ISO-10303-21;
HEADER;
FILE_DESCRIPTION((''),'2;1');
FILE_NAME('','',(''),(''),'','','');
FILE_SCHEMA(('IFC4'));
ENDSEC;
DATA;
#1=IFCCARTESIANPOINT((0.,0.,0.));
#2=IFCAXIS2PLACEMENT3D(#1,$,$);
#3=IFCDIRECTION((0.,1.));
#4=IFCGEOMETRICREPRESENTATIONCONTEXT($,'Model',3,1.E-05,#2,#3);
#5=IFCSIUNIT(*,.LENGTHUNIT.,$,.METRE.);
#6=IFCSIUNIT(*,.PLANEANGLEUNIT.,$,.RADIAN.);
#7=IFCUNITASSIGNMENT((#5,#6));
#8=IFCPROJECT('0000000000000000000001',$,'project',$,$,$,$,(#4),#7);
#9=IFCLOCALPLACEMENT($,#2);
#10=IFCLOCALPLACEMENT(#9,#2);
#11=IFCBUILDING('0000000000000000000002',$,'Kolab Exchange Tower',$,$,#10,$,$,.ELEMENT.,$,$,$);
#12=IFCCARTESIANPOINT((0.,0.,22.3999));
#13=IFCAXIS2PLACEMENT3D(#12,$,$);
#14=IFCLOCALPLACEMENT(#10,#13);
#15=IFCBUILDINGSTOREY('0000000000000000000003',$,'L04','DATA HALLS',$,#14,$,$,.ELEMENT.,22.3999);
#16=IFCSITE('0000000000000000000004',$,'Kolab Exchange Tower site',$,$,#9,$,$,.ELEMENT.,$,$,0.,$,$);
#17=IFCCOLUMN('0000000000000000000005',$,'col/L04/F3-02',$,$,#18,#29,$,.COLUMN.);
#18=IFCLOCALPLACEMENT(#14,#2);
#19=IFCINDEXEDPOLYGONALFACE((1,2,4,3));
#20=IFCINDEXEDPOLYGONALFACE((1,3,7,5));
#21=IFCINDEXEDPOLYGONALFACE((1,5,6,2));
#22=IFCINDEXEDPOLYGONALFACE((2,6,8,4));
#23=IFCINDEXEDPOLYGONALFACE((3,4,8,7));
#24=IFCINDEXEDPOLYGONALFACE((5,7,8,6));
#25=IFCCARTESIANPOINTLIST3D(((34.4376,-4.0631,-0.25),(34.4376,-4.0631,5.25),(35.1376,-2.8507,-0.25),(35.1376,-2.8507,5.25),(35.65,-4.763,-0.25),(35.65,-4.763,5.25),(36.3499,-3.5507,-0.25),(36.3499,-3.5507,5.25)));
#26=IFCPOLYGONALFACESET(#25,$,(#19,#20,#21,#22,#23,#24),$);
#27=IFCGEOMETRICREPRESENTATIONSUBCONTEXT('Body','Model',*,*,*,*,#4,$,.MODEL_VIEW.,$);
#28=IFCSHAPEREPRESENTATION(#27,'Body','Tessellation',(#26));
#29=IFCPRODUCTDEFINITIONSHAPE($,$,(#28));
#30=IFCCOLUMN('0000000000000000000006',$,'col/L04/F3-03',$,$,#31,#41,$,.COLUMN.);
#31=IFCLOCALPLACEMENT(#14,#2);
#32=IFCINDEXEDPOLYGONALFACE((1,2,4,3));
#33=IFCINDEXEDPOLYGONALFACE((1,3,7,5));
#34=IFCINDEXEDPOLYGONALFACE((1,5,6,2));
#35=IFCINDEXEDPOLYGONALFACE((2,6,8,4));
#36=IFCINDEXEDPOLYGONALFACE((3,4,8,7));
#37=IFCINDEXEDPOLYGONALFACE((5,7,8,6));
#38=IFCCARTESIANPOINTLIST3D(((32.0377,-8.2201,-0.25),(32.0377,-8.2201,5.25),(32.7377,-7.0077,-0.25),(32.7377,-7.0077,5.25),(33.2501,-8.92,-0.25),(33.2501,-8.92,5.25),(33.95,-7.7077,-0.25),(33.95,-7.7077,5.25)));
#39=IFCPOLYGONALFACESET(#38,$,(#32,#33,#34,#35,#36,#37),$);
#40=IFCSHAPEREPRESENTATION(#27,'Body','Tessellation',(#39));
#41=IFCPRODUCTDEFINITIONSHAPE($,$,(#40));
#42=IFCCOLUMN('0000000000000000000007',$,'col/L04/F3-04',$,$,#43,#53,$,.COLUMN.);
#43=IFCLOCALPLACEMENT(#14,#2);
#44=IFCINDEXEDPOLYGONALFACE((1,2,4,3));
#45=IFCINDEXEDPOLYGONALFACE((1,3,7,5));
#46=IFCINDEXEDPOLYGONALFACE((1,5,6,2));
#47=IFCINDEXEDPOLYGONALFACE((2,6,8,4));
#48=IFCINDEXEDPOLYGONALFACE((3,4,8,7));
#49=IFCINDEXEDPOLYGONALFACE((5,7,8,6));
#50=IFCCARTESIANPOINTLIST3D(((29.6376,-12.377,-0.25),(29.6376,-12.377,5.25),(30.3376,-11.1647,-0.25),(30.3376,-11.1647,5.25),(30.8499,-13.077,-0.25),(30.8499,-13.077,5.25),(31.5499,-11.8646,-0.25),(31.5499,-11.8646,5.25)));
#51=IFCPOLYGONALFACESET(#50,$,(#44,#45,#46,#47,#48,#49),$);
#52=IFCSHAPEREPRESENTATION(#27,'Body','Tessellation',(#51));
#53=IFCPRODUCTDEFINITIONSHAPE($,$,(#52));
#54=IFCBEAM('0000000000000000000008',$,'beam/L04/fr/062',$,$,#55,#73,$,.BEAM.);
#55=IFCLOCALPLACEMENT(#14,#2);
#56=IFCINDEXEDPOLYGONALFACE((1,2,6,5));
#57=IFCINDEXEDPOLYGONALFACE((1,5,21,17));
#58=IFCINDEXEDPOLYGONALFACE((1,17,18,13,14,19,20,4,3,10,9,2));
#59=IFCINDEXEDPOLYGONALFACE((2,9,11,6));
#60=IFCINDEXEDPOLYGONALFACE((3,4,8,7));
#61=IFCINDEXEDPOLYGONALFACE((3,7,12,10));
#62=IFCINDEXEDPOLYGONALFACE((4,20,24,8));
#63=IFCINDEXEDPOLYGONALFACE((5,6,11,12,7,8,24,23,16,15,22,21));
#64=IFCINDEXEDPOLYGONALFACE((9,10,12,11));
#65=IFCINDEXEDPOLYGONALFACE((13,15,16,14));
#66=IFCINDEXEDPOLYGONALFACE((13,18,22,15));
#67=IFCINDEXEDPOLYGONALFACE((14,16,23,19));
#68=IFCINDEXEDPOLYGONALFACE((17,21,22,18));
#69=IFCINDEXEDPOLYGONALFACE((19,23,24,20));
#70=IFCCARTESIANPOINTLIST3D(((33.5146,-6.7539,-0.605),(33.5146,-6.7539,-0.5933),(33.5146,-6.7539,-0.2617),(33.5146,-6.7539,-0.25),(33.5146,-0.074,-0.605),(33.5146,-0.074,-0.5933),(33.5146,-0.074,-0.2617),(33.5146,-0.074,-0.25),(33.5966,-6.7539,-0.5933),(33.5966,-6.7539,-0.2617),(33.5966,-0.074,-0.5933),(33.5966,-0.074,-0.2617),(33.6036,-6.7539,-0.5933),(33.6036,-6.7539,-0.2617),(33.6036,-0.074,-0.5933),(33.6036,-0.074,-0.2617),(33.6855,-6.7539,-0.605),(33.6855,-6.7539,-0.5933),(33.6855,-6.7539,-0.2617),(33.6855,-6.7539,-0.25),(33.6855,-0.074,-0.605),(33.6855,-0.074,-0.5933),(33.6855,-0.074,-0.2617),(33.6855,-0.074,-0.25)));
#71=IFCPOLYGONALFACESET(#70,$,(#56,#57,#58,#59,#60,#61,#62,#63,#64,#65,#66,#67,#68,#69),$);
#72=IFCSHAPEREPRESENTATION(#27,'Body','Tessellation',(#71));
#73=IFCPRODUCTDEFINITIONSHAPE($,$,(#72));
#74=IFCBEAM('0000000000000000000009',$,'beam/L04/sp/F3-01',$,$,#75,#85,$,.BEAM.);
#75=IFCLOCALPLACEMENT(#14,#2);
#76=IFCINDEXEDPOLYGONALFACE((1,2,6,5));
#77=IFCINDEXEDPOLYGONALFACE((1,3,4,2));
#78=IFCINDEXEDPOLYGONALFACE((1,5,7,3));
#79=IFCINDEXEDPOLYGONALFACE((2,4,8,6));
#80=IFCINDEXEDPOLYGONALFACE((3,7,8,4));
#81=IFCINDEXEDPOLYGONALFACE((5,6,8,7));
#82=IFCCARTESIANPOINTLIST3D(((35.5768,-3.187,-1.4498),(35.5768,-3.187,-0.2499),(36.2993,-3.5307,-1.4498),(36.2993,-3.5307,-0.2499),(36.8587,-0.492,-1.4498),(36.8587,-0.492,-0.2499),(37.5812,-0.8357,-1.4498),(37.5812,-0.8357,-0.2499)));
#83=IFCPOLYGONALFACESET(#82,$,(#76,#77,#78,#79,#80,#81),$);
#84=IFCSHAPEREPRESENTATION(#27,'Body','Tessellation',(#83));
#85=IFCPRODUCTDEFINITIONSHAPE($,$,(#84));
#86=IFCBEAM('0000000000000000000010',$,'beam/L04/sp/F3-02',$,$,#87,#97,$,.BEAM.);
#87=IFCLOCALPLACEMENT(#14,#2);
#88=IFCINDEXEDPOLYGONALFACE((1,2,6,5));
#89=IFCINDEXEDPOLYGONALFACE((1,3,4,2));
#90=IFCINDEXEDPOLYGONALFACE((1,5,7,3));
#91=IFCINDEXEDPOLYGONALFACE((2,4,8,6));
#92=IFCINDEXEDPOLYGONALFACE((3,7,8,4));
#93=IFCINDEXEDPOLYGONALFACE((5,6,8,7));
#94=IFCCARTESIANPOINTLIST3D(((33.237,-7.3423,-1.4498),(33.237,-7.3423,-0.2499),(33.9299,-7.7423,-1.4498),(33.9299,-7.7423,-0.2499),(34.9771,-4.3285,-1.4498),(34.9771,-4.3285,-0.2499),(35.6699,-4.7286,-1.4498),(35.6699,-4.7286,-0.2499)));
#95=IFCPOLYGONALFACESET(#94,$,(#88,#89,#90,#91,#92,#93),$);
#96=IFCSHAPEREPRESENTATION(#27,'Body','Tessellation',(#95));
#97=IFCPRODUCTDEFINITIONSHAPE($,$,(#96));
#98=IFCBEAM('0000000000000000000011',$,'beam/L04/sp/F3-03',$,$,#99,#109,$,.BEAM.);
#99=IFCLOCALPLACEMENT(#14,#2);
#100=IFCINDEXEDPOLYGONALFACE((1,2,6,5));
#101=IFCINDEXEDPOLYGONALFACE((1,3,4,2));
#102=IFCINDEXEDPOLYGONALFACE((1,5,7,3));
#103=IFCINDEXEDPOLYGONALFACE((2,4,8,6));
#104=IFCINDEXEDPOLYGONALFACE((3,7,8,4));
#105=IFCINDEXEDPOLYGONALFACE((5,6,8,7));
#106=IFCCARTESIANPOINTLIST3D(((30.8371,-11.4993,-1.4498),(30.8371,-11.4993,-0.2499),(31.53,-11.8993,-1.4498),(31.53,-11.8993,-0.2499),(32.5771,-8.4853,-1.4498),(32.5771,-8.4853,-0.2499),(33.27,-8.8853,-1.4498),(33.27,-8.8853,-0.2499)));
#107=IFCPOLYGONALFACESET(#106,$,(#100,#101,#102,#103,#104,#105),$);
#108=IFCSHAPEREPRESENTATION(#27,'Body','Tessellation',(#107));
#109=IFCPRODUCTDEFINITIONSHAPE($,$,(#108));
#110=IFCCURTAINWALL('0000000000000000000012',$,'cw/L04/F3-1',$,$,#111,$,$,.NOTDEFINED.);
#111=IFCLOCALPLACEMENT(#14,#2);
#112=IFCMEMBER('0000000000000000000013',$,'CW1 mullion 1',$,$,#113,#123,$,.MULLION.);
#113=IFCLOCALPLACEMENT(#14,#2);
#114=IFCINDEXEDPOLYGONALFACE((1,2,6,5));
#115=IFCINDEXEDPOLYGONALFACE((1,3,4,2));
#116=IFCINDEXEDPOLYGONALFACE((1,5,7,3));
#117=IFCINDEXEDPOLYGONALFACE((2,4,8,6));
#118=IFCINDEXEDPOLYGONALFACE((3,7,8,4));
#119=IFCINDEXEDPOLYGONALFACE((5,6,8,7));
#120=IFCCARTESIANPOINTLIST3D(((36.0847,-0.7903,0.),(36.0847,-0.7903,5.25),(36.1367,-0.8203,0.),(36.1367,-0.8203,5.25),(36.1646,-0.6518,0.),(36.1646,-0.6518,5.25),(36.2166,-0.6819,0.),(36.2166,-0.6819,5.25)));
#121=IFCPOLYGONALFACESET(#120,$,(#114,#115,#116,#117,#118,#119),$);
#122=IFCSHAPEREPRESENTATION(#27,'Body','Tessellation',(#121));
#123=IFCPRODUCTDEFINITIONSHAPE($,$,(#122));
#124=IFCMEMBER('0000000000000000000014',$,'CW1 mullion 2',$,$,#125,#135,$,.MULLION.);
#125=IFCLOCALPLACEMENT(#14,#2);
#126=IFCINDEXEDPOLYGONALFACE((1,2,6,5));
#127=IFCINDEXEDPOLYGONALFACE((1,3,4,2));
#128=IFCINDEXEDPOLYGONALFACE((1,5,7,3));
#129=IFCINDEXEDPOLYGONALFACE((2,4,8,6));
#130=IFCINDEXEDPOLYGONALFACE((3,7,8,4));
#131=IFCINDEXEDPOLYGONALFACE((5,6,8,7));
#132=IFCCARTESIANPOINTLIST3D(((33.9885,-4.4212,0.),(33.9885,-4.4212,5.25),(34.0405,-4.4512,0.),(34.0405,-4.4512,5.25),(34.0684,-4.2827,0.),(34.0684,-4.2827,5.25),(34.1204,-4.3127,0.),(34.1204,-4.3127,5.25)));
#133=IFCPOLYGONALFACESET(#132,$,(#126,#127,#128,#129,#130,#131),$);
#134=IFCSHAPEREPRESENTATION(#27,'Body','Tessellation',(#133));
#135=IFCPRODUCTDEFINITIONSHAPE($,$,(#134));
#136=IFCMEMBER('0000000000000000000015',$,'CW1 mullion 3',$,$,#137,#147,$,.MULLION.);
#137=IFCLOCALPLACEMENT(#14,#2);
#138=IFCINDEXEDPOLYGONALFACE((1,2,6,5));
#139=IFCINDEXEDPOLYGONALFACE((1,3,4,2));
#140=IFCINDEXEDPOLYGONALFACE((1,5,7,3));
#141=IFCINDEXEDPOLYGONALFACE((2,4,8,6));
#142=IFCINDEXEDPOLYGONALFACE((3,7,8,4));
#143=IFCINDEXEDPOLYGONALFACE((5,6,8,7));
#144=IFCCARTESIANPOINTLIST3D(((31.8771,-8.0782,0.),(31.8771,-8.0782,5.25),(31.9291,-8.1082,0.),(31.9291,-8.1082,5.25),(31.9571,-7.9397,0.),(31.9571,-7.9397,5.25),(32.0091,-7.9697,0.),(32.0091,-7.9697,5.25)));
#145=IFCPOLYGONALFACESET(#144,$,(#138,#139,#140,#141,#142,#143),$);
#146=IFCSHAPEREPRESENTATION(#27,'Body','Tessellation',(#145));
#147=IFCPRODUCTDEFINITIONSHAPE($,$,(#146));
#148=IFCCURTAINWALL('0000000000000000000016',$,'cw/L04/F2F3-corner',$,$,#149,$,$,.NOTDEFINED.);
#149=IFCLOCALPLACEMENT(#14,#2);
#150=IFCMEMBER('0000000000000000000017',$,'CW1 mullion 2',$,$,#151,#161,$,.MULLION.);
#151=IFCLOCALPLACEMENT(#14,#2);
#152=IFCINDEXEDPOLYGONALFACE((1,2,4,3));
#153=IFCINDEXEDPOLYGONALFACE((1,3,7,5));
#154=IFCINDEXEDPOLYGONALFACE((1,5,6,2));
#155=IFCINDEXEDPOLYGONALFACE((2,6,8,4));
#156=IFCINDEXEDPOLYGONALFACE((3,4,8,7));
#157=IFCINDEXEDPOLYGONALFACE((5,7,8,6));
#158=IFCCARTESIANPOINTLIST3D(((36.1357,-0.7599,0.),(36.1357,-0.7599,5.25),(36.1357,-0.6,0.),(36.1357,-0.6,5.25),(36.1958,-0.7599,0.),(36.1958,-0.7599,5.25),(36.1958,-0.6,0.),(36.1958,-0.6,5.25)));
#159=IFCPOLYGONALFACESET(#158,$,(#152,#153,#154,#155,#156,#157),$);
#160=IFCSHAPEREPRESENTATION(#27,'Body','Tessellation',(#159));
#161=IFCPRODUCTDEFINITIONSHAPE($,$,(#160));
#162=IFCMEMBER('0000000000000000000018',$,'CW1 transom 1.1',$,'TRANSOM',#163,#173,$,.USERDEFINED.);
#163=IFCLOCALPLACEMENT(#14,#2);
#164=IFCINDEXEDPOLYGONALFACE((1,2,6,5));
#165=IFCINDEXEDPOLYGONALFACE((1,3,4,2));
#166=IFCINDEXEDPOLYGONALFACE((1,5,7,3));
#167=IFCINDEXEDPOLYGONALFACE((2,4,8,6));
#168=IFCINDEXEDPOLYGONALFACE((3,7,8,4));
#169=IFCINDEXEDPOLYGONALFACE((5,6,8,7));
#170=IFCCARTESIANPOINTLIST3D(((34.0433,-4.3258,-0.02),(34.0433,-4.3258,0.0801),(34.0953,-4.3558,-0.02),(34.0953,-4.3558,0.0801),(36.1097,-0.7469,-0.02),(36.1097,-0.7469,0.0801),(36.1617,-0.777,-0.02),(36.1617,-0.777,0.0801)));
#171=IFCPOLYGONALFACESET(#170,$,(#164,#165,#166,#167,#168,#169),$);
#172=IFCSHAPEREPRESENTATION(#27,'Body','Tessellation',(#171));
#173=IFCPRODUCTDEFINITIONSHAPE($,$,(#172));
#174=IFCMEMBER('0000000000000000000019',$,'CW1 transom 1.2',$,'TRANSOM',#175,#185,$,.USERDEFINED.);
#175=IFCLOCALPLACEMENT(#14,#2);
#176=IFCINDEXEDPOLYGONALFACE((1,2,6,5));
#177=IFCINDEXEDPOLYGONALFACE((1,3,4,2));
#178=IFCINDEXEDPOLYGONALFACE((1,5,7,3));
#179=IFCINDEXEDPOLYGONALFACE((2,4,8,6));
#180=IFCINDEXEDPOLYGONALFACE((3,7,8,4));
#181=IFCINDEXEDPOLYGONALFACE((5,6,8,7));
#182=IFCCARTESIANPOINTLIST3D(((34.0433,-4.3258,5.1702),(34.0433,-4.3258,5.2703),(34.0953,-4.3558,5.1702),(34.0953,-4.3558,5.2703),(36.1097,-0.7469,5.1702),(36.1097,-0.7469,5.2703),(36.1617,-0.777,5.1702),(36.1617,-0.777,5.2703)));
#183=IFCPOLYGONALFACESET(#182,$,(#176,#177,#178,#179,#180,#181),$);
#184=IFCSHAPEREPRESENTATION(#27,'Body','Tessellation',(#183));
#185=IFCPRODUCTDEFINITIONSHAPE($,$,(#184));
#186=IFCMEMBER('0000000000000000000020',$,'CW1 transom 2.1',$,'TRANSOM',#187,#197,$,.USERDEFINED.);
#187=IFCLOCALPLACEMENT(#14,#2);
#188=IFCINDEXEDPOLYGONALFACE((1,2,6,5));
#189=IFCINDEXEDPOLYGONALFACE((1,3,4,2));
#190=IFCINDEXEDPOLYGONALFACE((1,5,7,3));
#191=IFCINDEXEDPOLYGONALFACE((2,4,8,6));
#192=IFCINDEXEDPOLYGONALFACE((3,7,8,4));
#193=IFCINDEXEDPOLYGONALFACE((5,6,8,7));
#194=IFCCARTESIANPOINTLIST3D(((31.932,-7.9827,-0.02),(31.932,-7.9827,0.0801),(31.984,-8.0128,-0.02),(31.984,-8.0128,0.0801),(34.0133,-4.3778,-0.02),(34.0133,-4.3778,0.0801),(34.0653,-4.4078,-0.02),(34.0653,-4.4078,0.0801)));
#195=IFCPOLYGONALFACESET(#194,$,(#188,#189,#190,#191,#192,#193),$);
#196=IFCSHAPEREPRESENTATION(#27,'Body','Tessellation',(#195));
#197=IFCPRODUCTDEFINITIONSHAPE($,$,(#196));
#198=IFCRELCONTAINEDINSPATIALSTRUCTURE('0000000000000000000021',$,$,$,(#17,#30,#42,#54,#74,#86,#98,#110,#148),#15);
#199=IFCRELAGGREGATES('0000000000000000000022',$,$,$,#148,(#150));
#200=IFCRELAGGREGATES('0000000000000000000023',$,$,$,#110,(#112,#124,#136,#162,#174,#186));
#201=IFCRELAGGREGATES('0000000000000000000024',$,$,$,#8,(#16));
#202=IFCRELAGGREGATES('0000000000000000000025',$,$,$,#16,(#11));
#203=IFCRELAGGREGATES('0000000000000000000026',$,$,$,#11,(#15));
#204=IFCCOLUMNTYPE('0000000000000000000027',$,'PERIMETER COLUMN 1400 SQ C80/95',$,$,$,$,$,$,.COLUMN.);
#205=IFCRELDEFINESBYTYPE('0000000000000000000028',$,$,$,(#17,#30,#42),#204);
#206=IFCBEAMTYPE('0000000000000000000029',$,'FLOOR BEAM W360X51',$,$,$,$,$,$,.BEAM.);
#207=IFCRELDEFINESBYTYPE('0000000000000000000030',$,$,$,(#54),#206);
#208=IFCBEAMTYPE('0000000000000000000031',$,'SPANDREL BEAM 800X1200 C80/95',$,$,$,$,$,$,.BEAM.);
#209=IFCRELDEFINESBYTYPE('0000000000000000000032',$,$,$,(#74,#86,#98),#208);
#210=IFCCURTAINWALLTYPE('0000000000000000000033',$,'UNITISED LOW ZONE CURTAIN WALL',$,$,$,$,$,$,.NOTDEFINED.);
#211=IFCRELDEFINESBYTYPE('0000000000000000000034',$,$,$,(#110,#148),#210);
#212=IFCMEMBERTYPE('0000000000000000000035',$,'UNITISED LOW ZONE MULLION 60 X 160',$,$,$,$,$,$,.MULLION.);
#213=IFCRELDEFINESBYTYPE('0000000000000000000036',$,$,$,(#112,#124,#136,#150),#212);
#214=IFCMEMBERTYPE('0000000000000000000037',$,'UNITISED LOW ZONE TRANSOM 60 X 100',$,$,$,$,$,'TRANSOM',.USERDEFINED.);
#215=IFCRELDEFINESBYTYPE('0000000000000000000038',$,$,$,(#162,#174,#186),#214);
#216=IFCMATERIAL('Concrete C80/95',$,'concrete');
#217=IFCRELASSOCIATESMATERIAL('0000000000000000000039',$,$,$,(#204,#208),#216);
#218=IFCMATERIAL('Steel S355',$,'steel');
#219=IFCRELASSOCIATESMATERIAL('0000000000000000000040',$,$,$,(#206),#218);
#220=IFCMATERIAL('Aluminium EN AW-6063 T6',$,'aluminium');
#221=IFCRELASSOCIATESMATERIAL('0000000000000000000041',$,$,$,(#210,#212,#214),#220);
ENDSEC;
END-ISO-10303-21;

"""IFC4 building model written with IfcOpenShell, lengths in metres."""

from ifc_helpers import new_model, si_unit, direction, frame, origin, origin_2d, place, context, subcontext, project, spatial, rectangle, i_section, extrude, material, material_profile, profile_set, type_object, element, aggregate, save


model = new_model("IFC4")

# Units and contexts
model_context = context("Model", 3, precision=1e-05, world=origin(), true_north=direction((0.0, 1.0)))
body_context = subcontext(model_context, "Body", "Model", "MODEL_VIEW")
ifc_project = project(units=[si_unit("LENGTHUNIT", "METRE"), si_unit("PLANEANGLEUNIT", "RADIAN")], contexts=[model_context])

# Site, building, storey
site_placement = place(None, origin())
site = spatial("IfcSite", under=ifc_project, at=site_placement, Name="Kolab Exchange Tower site", CompositionType="ELEMENT", RefElevation=0.0)
building_placement = place(site_placement, origin())
building = spatial("IfcBuilding", under=site, at=building_placement, Name="Kolab Exchange Tower", CompositionType="ELEMENT")
storey_placement = place(building_placement, frame((0.0, 0.0, 22.3999)))
storey = spatial("IfcBuildingStorey", under=building, at=storey_placement, Name="L04", Description="DATA HALLS", CompositionType="ELEMENT", Elevation=22.3999)

# Columns
ifc_material_1 = material(Name="Concrete C80/95", Category="concrete")
ifc_material_profile_1 = material_profile(ifc_material_1, rectangle(XDim=1.3999, YDim=1.3999, at=origin_2d()), Name="RC1400")
ifc_profile_set_1 = profile_set([ifc_material_profile_1], Name="Concrete C80/95")
column_type = type_object("IfcColumnType", Name="PERIMETER COLUMN 1400 SQ C80/95", PredefinedType="COLUMN", material=ifc_profile_set_1)
for number, where, z_axis, x_axis, name in (
    (1, (35.3938, -3.8069, -0.25), (0.0, 0.0, 1.0), (0.5, 0.866025, 0.0), "col/L04/F3-02"),
    (2, (32.9939, -7.9639, -0.25), (0.0, 0.0, 1.0), (0.5, 0.866025, 0.0), "col/L04/F3-03"),
    (3, (30.5938, -12.1208, -0.25), (0.0, 0.0, 1.0), (0.5, 0.866025, 0.0), "col/L04/F3-04"),
):
    element("IfcColumn", number, at=place(storey_placement, frame(where, z_axis=z_axis, x_axis=x_axis)), inside=storey, type_object=column_type, Name=name, PredefinedType="COLUMN", context=body_context, shape_type="SweptSolid", body=[
        extrude(rectangle(XDim=1.3999, YDim=1.3999, at=origin_2d()), origin(), (0.0, 0.0, 1.0), 5.5),
    ])

# Beams
ifc_material_2 = material(Name="Steel S355", Category="steel")
ifc_material_profile_2 = material_profile(ifc_material_2, i_section(OverallWidth=0.1709, OverallDepth=0.355, WebThickness=0.0071, FlangeThickness=0.0117, at=origin_2d()), Name="W360X51")
ifc_profile_set_2 = profile_set([ifc_material_profile_2], Name="Steel S355")
beam_type_1 = type_object("IfcBeamType", Name="FLOOR BEAM W360X51", PredefinedType="BEAM", material=ifc_profile_set_2)
beam_1_placement = place(storey_placement, frame((33.6001, -6.7539, -0.4275), z_axis=(0.0, 1.0, 0.0), x_axis=(-1.0, 0.0, 0.0)))
element("IfcBeam", 4, at=beam_1_placement, inside=storey, type_object=beam_type_1, Name="beam/L04/fr/062", PredefinedType="BEAM", context=body_context, shape_type="SweptSolid", body=[
    extrude(i_section(OverallWidth=0.1709, OverallDepth=0.355, WebThickness=0.0071, FlangeThickness=0.0117, at=origin_2d()), origin(), (0.0, 0.0, 1.0), 6.6799),
])
ifc_material_profile_3 = material_profile(ifc_material_1, rectangle(XDim=0.8, YDim=1.2, at=origin_2d()), Name="RC800X1200")
ifc_profile_set_3 = profile_set([ifc_material_profile_3], Name="Concrete C80/95")
beam_type_2 = type_object("IfcBeamType", Name="SPANDREL BEAM 800X1200 C80/95", PredefinedType="BEAM", material=ifc_profile_set_3)
beam_2_placement = place(storey_placement, frame((37.22, -0.6638, -0.8499), z_axis=(-0.429556, -0.90304, 0.0), x_axis=(0.90304, -0.429556, 0.0)))
element("IfcBeam", 5, at=beam_2_placement, inside=storey, type_object=beam_type_2, Name="beam/L04/sp/F3-01", PredefinedType="BEAM", context=body_context, shape_type="SweptSolid", body=[
    extrude(rectangle(XDim=0.8, YDim=1.2, at=origin_2d()), origin(), (0.0, 0.0, 1.0), 2.9844),
])
beam_3_placement = place(storey_placement, frame((35.3235, -4.5286, -0.8499), z_axis=(-0.50001, -0.86602, 0.0), x_axis=(0.86602, -0.50001, 0.0)))
element("IfcBeam", 6, at=beam_3_placement, inside=storey, type_object=beam_type_2, Name="beam/L04/sp/F3-02", PredefinedType="BEAM", context=body_context, shape_type="SweptSolid", body=[
    extrude(rectangle(XDim=0.8, YDim=1.2, at=origin_2d()), origin(), (0.0, 0.0, 1.0), 3.48),
])
beam_4_placement = place(storey_placement, frame((32.9236, -8.6853, -0.8499), z_axis=(-0.49998, -0.866037, 0.0), x_axis=(0.866037, -0.49998, 0.0)))
element("IfcBeam", 7, at=beam_4_placement, inside=storey, type_object=beam_type_2, Name="beam/L04/sp/F3-03", PredefinedType="BEAM", context=body_context, shape_type="SweptSolid", body=[
    extrude(rectangle(XDim=0.8, YDim=1.2, at=origin_2d()), origin(), (0.0, 0.0, 1.0), 3.4802),
])

# Curtain wall, members
ifc_material_3 = material(Name="Aluminium EN AW-6063 T6", Category="aluminium")
curtain_wall_type = type_object("IfcCurtainWallType", Name="UNITISED LOW ZONE CURTAIN WALL", PredefinedType="NOTDEFINED", material=ifc_material_3)
curtain_wall_1_placement = place(storey_placement, origin())
curtain_wall_1 = element("IfcCurtainWall", 8, at=curtain_wall_1_placement, inside=storey, type_object=curtain_wall_type, Name="cw/L04/F3-1", PredefinedType="NOTDEFINED")
ifc_material_profile_4 = material_profile(ifc_material_3, rectangle(XDim=0.0601, YDim=0.1599, at=origin_2d()), Name="RECT 60X160")
ifc_profile_set_4 = profile_set([ifc_material_profile_4], Name="Aluminium EN AW-6063 T6")
member_type_1 = type_object("IfcMemberType", Name="UNITISED LOW ZONE MULLION 60 X 160", PredefinedType="MULLION", material=ifc_profile_set_4)
member_1_placement = place(storey_placement, frame((36.1506, -0.7361, 0.0), z_axis=(0.0, 0.0, 1.0), x_axis=(0.866025, -0.5, 0.0)))
member_1 = element("IfcMember", 9, at=member_1_placement, type_object=member_type_1, Name="CW1 mullion 1", PredefinedType="MULLION", context=body_context, shape_type="SweptSolid", body=[
    extrude(rectangle(XDim=0.0601, YDim=0.1599, at=origin_2d()), origin(), (0.0, 0.0, 1.0), 5.25),
])
member_2_placement = place(storey_placement, frame((34.0544, -4.3669, 0.0), z_axis=(0.0, 0.0, 1.0), x_axis=(0.866025, -0.5, 0.0)))
member_2 = element("IfcMember", 10, at=member_2_placement, type_object=member_type_1, Name="CW1 mullion 2", PredefinedType="MULLION", context=body_context, shape_type="SweptSolid", body=[
    extrude(rectangle(XDim=0.0601, YDim=0.1599, at=origin_2d()), origin(), (0.0, 0.0, 1.0), 5.25),
])
member_3_placement = place(storey_placement, frame((31.9431, -8.0239, 0.0), z_axis=(0.0, 0.0, 1.0), x_axis=(0.866025, -0.5, 0.0)))
member_3 = element("IfcMember", 11, at=member_3_placement, type_object=member_type_1, Name="CW1 mullion 3", PredefinedType="MULLION", context=body_context, shape_type="SweptSolid", body=[
    extrude(rectangle(XDim=0.0601, YDim=0.1599, at=origin_2d()), origin(), (0.0, 0.0, 1.0), 5.25),
])

# Curtain wall, member
curtain_wall_2_placement = place(storey_placement, origin())
curtain_wall_2 = element("IfcCurtainWall", 12, at=curtain_wall_2_placement, inside=storey, type_object=curtain_wall_type, Name="cw/L04/F2F3-corner", PredefinedType="NOTDEFINED")
member_4_placement = place(storey_placement, frame((36.1658, -0.6799, 0.0), z_axis=(0.0, 0.0, 1.0), x_axis=(1.0, 0.0, 0.0)))
member_4 = element("IfcMember", 13, at=member_4_placement, type_object=member_type_1, Name="CW1 mullion 2", PredefinedType="MULLION", context=body_context, shape_type="SweptSolid", body=[
    extrude(rectangle(XDim=0.0601, YDim=0.1599, at=origin_2d()), origin(), (0.0, 0.0, 1.0), 5.25),
])
aggregate(curtain_wall_2, [member_4])

# Members
ifc_material_profile_5 = material_profile(ifc_material_3, rectangle(XDim=0.0601, YDim=0.1001, at=origin_2d()), Name="RECT 60X100")
ifc_profile_set_5 = profile_set([ifc_material_profile_5], Name="Aluminium EN AW-6063 T6")
member_type_2 = type_object("IfcMemberType", Name="UNITISED LOW ZONE TRANSOM 60 X 100", ElementType="TRANSOM", PredefinedType="USERDEFINED", material=ifc_profile_set_5)
member_5_placement = place(storey_placement, frame((36.1357, -0.762, 0.03), z_axis=(-0.500028, -0.866009, 0.0), x_axis=(0.866009, -0.500028, 0.0)))
member_5 = element("IfcMember", 14, at=member_5_placement, type_object=member_type_2, Name="CW1 transom 1.1", ObjectType="TRANSOM", PredefinedType="USERDEFINED", context=body_context, shape_type="SweptSolid", body=[
    extrude(rectangle(XDim=0.0601, YDim=0.1001, at=origin_2d()), origin(), (0.0, 0.0, 1.0), 4.1326),
])
member_6_placement = place(storey_placement, frame((36.1357, -0.762, 5.2202), z_axis=(-0.500028, -0.866009, 0.0), x_axis=(0.866009, -0.500028, 0.0)))
member_6 = element("IfcMember", 15, at=member_6_placement, type_object=member_type_2, Name="CW1 transom 1.2", ObjectType="TRANSOM", PredefinedType="USERDEFINED", context=body_context, shape_type="SweptSolid", body=[
    extrude(rectangle(XDim=0.0601, YDim=0.1001, at=origin_2d()), origin(), (0.0, 0.0, 1.0), 4.1326),
])
member_7_placement = place(storey_placement, frame((34.0393, -4.3928, 0.03), z_axis=(-0.499993, -0.866029, 0.0), x_axis=(0.866029, -0.499993, 0.0)))
member_7 = element("IfcMember", 16, at=member_7_placement, type_object=member_type_2, Name="CW1 transom 2.1", ObjectType="TRANSOM", PredefinedType="USERDEFINED", context=body_context, shape_type="SweptSolid", body=[
    extrude(rectangle(XDim=0.0601, YDim=0.1001, at=origin_2d()), origin(), (0.0, 0.0, 1.0), 4.1626),
])

aggregate(curtain_wall_1, [member_1, member_2, member_3, member_5, member_6, member_7])

save(model, "model.ifc")
